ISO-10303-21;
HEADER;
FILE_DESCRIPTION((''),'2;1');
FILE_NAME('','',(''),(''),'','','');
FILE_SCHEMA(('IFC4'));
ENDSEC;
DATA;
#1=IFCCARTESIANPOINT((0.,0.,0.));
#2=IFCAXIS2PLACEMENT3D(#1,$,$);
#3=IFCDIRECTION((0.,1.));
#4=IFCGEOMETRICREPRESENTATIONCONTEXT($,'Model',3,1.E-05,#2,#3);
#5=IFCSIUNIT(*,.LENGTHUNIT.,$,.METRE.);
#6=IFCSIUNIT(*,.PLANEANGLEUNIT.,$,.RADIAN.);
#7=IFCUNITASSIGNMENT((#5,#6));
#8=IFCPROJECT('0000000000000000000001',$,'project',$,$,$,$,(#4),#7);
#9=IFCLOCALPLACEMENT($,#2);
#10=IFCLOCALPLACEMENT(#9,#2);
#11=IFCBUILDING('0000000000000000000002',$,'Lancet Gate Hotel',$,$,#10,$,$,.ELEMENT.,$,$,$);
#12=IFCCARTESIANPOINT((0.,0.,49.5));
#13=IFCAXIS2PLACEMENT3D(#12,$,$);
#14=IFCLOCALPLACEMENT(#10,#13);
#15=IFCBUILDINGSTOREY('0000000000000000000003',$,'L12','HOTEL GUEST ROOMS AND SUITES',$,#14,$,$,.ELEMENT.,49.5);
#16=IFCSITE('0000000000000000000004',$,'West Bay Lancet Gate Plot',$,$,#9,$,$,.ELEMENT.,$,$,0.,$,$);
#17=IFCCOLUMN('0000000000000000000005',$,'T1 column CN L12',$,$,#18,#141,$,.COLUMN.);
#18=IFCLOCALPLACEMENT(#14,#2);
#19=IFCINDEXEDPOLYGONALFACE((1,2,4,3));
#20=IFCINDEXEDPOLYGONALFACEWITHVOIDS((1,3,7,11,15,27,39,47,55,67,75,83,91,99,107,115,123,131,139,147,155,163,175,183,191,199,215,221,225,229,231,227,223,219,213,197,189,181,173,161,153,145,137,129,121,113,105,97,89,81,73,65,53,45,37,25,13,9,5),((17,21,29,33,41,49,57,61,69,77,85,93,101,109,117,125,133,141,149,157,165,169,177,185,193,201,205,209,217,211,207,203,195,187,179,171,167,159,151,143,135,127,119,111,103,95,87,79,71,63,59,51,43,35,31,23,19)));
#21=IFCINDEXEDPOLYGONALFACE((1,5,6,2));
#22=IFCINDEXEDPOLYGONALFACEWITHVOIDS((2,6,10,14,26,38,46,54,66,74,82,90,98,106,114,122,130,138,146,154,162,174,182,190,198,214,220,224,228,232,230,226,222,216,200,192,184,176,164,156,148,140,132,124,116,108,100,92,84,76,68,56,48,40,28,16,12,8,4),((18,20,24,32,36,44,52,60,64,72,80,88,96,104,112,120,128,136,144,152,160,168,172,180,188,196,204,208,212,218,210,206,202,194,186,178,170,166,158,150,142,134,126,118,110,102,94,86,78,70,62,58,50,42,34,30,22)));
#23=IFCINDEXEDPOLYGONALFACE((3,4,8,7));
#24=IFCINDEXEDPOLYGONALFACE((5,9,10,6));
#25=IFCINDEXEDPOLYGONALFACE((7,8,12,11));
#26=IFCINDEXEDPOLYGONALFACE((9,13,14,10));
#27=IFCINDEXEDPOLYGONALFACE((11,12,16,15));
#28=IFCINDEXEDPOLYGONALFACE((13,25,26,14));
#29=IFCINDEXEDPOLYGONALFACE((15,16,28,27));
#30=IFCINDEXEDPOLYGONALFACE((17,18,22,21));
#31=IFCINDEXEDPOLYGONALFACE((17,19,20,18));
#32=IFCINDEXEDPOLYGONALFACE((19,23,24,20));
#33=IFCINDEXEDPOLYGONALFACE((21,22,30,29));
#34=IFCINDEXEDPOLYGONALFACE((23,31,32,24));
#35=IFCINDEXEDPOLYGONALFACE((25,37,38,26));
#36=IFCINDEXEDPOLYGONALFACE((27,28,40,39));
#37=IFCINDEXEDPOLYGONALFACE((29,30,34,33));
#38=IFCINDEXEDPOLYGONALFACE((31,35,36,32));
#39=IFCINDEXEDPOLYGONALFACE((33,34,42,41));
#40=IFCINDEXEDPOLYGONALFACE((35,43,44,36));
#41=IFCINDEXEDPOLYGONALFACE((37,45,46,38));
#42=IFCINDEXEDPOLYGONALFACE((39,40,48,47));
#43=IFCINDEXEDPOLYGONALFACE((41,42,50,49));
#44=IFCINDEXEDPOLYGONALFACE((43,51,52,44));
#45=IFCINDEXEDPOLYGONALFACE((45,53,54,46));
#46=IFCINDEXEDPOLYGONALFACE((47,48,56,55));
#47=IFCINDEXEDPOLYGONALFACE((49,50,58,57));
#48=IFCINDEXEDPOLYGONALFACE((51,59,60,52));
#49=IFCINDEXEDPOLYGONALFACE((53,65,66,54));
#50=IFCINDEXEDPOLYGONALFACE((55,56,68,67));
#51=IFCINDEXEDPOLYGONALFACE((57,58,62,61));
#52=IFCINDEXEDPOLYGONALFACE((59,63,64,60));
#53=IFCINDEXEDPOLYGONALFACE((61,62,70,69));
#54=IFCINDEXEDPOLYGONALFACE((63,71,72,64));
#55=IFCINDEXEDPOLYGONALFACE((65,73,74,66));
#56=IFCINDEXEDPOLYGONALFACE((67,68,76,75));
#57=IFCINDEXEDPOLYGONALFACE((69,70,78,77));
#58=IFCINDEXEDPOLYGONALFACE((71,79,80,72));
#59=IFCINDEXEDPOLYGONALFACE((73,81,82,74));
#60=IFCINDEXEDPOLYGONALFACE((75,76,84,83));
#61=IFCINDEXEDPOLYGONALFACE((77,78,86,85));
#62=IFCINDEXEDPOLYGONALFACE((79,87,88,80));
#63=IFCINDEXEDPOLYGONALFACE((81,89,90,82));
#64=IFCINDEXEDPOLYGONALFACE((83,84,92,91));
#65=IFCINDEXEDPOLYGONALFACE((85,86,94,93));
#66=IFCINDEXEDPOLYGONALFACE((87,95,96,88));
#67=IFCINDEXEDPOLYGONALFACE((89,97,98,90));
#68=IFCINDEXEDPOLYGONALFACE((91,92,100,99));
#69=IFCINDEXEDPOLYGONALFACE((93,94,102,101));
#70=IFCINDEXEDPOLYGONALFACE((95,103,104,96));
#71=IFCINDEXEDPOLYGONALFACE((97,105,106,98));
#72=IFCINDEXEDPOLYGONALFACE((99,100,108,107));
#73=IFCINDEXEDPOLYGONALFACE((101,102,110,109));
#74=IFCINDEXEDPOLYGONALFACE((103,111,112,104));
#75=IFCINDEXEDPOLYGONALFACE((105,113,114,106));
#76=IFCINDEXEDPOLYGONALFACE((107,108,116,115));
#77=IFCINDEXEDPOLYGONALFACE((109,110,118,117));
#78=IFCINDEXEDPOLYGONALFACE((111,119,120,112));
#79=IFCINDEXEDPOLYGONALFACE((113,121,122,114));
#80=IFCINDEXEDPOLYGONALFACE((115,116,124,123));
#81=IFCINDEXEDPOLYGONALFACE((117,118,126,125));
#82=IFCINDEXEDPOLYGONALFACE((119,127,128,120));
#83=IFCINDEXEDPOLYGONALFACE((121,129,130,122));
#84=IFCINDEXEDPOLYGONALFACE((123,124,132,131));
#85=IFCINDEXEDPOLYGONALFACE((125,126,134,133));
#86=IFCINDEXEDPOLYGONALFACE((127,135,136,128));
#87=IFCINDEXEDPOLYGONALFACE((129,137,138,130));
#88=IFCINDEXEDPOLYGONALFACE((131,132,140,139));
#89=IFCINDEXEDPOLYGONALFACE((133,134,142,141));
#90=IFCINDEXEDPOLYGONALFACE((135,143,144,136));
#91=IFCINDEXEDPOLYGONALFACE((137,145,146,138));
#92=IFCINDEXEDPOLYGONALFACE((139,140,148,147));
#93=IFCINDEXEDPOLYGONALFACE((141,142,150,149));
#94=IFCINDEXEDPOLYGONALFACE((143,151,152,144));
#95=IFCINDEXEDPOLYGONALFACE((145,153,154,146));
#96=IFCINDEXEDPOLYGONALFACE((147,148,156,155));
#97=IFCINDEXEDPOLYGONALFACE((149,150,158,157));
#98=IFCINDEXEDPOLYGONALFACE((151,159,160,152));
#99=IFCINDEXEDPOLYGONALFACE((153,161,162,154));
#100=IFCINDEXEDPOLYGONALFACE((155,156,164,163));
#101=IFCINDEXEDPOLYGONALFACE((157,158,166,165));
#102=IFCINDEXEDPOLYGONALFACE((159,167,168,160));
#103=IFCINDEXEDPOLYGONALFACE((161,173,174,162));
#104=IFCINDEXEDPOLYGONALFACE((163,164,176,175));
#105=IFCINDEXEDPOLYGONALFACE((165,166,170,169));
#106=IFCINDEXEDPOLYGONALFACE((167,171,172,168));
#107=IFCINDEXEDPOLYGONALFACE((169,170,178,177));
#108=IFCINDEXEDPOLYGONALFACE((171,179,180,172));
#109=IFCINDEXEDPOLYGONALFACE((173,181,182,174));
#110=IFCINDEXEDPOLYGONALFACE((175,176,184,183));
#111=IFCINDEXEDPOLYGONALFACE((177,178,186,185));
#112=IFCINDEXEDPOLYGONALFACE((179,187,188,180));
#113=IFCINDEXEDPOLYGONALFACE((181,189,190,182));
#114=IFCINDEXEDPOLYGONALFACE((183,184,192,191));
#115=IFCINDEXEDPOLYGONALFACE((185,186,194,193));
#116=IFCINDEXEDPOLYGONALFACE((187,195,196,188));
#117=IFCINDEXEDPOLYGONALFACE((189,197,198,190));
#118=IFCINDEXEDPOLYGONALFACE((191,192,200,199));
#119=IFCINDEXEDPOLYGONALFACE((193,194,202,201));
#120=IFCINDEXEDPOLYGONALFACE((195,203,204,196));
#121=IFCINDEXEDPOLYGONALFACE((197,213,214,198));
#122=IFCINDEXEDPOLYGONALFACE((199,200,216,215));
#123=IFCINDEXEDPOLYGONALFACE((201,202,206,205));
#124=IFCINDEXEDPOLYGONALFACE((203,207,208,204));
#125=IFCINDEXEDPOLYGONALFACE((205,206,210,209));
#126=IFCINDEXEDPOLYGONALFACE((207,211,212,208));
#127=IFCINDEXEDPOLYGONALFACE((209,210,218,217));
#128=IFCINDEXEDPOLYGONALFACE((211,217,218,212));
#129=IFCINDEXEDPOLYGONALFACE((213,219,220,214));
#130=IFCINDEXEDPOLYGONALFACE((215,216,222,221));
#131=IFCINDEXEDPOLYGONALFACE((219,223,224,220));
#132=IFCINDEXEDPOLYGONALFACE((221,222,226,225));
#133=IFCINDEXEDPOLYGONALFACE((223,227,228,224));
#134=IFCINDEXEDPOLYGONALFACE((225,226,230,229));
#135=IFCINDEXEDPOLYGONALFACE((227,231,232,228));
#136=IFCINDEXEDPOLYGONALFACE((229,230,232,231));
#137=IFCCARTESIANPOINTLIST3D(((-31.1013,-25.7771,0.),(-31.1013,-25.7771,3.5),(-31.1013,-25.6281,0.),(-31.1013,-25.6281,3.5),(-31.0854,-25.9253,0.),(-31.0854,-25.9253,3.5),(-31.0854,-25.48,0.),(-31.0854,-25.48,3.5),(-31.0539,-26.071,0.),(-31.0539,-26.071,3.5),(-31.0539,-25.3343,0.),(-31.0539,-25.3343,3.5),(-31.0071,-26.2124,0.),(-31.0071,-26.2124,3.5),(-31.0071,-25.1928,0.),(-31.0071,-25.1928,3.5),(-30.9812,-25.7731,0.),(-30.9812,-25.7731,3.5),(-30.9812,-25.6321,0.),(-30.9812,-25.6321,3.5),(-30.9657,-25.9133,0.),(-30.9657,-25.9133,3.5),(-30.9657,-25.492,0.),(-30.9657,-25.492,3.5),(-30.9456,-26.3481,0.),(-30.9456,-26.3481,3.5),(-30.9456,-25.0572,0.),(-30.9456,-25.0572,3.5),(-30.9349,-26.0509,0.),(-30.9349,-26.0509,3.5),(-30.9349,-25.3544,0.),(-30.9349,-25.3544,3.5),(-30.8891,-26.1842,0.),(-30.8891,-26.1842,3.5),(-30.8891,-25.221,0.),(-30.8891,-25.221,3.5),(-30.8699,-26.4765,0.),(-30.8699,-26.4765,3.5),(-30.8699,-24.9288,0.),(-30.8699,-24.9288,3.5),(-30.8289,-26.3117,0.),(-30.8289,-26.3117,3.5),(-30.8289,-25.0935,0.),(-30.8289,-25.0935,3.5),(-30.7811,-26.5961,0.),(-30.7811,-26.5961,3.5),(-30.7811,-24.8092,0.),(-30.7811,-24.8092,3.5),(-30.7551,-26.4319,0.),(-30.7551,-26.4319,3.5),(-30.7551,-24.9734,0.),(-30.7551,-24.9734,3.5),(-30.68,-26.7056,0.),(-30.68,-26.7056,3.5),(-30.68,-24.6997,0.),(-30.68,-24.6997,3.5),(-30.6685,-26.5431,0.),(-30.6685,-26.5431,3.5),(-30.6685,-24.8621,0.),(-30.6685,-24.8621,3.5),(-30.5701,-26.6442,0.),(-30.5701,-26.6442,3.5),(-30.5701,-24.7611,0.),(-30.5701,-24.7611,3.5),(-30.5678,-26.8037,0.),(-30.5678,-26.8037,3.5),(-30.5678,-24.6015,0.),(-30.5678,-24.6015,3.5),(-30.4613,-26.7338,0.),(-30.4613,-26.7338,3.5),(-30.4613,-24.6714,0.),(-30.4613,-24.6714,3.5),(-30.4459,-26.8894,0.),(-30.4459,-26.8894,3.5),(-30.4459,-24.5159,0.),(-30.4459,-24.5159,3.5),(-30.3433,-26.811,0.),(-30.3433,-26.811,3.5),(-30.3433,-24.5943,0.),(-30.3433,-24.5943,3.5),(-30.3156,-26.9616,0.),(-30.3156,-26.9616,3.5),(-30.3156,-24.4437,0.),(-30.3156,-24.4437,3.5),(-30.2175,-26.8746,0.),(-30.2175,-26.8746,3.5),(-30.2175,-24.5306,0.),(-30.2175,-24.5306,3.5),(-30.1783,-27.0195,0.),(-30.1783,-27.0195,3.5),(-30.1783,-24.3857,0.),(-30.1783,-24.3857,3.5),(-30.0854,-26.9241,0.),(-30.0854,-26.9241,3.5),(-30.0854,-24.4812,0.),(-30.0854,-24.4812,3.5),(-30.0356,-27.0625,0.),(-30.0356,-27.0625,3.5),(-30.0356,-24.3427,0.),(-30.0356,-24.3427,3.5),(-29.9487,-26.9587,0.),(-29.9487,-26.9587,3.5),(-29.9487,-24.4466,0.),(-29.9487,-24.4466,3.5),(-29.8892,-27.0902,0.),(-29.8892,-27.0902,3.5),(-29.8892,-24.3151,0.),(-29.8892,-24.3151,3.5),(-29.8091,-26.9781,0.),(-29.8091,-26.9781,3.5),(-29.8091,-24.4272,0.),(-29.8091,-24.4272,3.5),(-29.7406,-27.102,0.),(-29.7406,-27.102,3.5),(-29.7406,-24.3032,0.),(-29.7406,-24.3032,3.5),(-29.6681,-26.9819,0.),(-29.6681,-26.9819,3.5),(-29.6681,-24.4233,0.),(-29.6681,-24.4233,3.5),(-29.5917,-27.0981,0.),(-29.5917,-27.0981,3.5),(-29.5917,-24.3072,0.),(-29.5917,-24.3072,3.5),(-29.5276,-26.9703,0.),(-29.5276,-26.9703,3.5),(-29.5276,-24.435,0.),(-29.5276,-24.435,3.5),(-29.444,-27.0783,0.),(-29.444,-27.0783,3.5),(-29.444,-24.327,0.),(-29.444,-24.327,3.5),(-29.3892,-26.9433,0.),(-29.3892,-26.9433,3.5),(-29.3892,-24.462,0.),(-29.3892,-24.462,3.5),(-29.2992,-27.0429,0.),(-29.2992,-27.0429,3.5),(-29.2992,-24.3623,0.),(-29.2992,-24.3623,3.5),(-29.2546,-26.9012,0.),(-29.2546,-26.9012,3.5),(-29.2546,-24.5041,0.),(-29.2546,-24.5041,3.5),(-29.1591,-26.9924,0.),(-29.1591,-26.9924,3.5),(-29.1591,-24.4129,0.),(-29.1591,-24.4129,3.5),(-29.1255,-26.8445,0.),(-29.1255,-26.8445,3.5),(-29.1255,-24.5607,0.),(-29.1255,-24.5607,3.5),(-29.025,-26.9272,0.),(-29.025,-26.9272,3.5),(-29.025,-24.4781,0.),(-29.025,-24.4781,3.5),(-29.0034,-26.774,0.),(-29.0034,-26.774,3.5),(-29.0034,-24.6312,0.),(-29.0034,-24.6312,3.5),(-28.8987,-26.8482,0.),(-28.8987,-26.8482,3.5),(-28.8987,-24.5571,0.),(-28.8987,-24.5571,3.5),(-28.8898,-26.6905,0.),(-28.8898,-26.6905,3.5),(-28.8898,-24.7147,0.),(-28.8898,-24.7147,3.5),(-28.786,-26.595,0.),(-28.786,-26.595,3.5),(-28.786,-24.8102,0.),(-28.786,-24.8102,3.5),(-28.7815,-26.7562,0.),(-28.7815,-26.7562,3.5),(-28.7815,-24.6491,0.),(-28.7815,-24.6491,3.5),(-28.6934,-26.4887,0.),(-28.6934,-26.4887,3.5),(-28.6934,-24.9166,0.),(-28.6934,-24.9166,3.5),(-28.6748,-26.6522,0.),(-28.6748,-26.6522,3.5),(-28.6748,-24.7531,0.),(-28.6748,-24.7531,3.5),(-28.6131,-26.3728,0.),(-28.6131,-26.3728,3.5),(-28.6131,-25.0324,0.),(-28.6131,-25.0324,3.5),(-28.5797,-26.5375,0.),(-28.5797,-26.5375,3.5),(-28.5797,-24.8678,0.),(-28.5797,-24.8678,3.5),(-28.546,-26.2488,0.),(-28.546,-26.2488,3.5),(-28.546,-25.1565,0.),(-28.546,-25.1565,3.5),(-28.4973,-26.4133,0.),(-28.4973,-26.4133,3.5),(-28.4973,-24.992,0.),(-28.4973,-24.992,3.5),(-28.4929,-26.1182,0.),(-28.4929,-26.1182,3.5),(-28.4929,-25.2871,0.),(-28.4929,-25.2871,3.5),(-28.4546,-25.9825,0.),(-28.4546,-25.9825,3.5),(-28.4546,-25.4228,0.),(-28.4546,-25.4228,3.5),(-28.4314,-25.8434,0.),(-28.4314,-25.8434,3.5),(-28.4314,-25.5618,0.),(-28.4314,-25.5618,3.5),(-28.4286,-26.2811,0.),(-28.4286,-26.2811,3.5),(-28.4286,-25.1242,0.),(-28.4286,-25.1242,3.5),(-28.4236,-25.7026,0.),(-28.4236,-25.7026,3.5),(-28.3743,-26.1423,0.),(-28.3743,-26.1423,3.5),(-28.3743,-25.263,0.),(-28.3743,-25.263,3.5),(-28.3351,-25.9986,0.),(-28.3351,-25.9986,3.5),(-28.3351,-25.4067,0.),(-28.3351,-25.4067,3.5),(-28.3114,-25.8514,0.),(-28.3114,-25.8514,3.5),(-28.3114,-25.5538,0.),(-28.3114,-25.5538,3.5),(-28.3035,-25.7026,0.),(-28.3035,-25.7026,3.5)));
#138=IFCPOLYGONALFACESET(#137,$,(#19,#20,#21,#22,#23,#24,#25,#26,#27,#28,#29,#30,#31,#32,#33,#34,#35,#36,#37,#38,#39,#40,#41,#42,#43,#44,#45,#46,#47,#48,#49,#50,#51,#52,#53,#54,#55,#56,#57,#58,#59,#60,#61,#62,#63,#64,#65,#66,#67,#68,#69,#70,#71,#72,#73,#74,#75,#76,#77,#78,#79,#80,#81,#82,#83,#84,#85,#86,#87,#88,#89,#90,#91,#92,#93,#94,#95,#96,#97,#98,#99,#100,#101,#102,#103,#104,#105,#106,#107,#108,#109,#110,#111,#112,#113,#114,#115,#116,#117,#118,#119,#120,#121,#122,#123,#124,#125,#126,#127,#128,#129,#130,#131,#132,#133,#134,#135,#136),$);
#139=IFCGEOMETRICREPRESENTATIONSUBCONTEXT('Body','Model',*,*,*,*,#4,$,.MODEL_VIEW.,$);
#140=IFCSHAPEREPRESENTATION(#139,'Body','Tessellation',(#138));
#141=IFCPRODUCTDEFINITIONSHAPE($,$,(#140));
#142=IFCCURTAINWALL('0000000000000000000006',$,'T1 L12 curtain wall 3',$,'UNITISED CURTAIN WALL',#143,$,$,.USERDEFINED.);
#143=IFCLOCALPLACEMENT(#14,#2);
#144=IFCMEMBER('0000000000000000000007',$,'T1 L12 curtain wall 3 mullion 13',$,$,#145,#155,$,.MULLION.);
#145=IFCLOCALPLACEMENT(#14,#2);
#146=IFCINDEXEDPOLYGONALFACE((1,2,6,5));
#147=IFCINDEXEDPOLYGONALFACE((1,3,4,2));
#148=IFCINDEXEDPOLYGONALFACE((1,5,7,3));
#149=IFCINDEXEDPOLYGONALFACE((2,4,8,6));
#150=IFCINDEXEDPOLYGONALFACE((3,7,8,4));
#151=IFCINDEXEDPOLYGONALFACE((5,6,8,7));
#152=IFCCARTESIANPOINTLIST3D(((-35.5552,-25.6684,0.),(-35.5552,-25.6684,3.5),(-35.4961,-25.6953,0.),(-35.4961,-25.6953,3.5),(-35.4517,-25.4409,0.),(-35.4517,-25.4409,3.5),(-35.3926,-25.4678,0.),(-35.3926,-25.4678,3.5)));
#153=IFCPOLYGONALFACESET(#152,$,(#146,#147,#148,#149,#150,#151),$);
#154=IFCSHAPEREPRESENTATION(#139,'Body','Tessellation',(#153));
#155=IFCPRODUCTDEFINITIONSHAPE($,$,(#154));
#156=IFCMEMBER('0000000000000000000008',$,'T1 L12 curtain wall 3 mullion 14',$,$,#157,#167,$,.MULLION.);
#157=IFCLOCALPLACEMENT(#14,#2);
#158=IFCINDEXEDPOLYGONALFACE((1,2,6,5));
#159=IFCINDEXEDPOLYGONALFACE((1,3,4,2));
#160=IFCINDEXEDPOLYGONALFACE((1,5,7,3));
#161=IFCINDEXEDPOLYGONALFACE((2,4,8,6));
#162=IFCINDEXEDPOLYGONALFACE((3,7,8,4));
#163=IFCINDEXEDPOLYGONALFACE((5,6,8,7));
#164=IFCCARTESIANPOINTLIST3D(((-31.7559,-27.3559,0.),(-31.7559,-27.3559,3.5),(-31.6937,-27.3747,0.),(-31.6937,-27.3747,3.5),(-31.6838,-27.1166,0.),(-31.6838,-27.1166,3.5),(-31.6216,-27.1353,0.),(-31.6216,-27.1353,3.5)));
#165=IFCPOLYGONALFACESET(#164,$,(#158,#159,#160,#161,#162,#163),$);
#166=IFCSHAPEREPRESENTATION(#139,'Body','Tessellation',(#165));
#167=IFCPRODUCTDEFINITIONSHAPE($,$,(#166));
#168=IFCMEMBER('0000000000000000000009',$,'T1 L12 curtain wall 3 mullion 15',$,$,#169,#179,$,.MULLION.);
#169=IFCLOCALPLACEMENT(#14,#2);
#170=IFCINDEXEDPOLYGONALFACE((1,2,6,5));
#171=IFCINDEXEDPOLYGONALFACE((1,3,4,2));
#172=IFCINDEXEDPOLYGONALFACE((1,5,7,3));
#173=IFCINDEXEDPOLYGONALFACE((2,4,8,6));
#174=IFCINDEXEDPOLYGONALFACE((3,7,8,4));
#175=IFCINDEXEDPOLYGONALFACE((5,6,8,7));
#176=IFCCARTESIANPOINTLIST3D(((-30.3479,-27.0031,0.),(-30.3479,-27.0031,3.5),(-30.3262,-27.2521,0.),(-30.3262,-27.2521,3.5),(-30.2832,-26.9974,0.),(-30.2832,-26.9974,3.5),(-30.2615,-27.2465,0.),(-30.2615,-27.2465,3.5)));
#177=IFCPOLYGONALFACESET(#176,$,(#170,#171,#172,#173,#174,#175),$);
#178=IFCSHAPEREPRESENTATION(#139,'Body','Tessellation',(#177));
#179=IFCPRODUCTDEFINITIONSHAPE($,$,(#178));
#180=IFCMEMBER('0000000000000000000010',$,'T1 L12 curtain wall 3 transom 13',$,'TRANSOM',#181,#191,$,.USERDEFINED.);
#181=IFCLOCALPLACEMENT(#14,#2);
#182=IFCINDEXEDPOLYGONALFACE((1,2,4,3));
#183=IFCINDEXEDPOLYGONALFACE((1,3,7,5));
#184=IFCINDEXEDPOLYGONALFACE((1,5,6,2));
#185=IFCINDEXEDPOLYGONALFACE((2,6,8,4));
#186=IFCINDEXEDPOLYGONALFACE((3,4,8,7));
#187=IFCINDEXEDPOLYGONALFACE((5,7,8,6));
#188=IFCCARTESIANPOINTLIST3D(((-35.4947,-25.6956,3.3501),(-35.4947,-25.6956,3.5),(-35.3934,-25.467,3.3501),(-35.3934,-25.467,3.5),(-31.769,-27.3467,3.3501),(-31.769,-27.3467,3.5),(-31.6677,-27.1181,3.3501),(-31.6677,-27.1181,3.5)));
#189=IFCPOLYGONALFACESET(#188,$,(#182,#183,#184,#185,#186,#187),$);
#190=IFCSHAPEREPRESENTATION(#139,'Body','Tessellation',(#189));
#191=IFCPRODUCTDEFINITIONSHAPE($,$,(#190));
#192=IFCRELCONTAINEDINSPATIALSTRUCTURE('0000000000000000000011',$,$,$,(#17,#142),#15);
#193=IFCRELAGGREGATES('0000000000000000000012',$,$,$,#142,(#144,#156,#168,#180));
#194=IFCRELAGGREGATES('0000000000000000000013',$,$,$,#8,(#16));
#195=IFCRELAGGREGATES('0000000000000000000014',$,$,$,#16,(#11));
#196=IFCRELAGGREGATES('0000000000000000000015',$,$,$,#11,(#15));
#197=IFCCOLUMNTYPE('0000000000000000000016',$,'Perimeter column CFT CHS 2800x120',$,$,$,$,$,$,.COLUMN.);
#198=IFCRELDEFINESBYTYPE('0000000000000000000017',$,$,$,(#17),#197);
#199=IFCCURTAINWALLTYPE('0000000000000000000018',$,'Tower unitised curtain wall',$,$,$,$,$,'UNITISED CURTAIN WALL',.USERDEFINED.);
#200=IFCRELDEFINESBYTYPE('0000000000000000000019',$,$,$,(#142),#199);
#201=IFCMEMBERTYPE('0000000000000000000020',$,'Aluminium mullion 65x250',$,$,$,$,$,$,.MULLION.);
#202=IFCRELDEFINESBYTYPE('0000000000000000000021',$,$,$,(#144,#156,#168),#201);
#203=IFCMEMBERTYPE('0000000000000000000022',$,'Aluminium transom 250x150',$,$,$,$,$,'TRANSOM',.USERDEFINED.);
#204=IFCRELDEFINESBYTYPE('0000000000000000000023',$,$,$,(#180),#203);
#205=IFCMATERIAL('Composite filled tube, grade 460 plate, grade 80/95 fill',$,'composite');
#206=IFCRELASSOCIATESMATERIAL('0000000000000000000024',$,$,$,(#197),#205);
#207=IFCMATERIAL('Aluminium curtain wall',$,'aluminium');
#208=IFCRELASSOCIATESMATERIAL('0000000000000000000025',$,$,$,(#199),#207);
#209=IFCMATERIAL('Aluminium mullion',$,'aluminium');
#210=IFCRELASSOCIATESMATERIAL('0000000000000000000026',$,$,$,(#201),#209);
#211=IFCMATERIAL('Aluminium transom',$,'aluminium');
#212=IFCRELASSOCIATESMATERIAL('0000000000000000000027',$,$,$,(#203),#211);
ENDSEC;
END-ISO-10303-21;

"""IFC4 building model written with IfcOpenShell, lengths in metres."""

from ifc_helpers import new_model, si_unit, direction, frame, origin, origin_2d, place, context, subcontext, project, spatial, rectangle, hollow_circle, extrude, material, material_profile, profile_set, type_object, element, aggregate, save


model = new_model("IFC4")

# Units and contexts
model_context = context("Model", 3, precision=1e-05, world=origin(), true_north=direction((0.0, 1.0)))
body_context = subcontext(model_context, "Body", "Model", "MODEL_VIEW")
ifc_project = project(units=[si_unit("LENGTHUNIT", "METRE"), si_unit("PLANEANGLEUNIT", "RADIAN")], contexts=[model_context])

# Site, building, storey
site_placement = place(None, origin())
site = spatial("IfcSite", under=ifc_project, at=site_placement, Name="West Bay Lancet Gate Plot", CompositionType="ELEMENT", RefElevation=0.0)
building_placement = place(site_placement, origin())
building = spatial("IfcBuilding", under=site, at=building_placement, Name="Lancet Gate Hotel", CompositionType="ELEMENT")
storey_placement = place(building_placement, frame((0.0, 0.0, 49.5)))
storey = spatial("IfcBuildingStorey", under=building, at=storey_placement, Name="L12", Description="HOTEL GUEST ROOMS AND SUITES", CompositionType="ELEMENT", Elevation=49.5)

# Column
ifc_material_1 = material(Name="Composite filled tube, grade 460 plate, grade 80/95 fill", Category="composite")
ifc_material_profile_1 = material_profile(ifc_material_1, hollow_circle(Radius=1.3999, WallThickness=0.1201, at=origin_2d()), Name="CHS 2800x120")
ifc_profile_set_1 = profile_set([ifc_material_profile_1], Name="Composite filled tube, grade 460 plate, grade 80/95 fill")
column_type = type_object("IfcColumnType", Name="Perimeter column CFT CHS 2800x120", PredefinedType="COLUMN", material=ifc_profile_set_1)
column_placement = place(storey_placement, frame((-29.7034, -25.7026, 0.0), z_axis=(0.0, 0.0, 1.0), x_axis=(1.0, 0.0, 0.0)))
element("IfcColumn", 1, at=column_placement, inside=storey, type_object=column_type, Name="T1 column CN L12", PredefinedType="COLUMN", context=body_context, shape_type="SweptSolid", body=[
    extrude(hollow_circle(Radius=1.3999, WallThickness=0.1201, at=origin_2d()), origin(), (0.0, 0.0, 1.0), 3.5),
])

# Curtain wall, members
ifc_material_2 = material(Name="Aluminium curtain wall", Category="aluminium")
curtain_wall_type = type_object("IfcCurtainWallType", Name="Tower unitised curtain wall", ElementType="UNITISED CURTAIN WALL", PredefinedType="USERDEFINED", material=ifc_material_2)
curtain_wall_placement = place(storey_placement, origin())
curtain_wall = element("IfcCurtainWall", 2, at=curtain_wall_placement, inside=storey, type_object=curtain_wall_type, Name="T1 L12 curtain wall 3", ObjectType="UNITISED CURTAIN WALL", PredefinedType="USERDEFINED")
ifc_material_3 = material(Name="Aluminium mullion", Category="aluminium")
ifc_material_profile_2 = material_profile(ifc_material_3, rectangle(XDim=0.0649, YDim=0.25, at=origin_2d()), Name="MULLION 65x250")
ifc_profile_set_2 = profile_set([ifc_material_profile_2], Name="Aluminium mullion")
member_type_1 = type_object("IfcMemberType", Name="Aluminium mullion 65x250", PredefinedType="MULLION", material=ifc_profile_set_2)
member_1_placement = place(storey_placement, frame((-35.4739, -25.5681, 0.0), z_axis=(0.0, 0.0, 1.0), x_axis=(0.91022, -0.414126, 0.0)))
member_1 = element("IfcMember", 3, at=member_1_placement, type_object=member_type_1, Name="T1 L12 curtain wall 3 mullion 13", PredefinedType="MULLION", context=body_context, shape_type="SweptSolid", body=[
    extrude(rectangle(XDim=0.0649, YDim=0.25, at=origin_2d()), origin(), (0.0, 0.0, 1.0), 3.5),
])
member_2_placement = place(storey_placement, frame((-31.6887, -27.2456, 0.0), z_axis=(0.0, 0.0, 1.0), x_axis=(0.957524, -0.288352, 0.0)))
member_2 = element("IfcMember", 4, at=member_2_placement, type_object=member_type_1, Name="T1 L12 curtain wall 3 mullion 14", PredefinedType="MULLION", context=body_context, shape_type="SweptSolid", body=[
    extrude(rectangle(XDim=0.0649, YDim=0.25, at=origin_2d()), origin(), (0.0, 0.0, 1.0), 3.5),
])
member_3_placement = place(storey_placement, frame((-30.3047, -27.1248, 0.0), z_axis=(0.0, 0.0, 1.0), x_axis=(0.996204, 0.087052, 0.0)))
member_3 = element("IfcMember", 5, at=member_3_placement, type_object=member_type_1, Name="T1 L12 curtain wall 3 mullion 15", PredefinedType="MULLION", context=body_context, shape_type="SweptSolid", body=[
    extrude(rectangle(XDim=0.0649, YDim=0.25, at=origin_2d()), origin(), (0.0, 0.0, 1.0), 3.5),
])
ifc_material_4 = material(Name="Aluminium transom", Category="aluminium")
ifc_material_profile_3 = material_profile(ifc_material_4, rectangle(XDim=0.25, YDim=0.1499, at=origin_2d()), Name="TRANSOM 250x150")
ifc_profile_set_3 = profile_set([ifc_material_profile_3], Name="Aluminium transom")
member_type_2 = type_object("IfcMemberType", Name="Aluminium transom 250x150", ElementType="TRANSOM", PredefinedType="USERDEFINED", material=ifc_profile_set_3)
member_4_placement = place(storey_placement, frame((-35.4441, -25.5813, 3.425), z_axis=(0.914248, -0.405154, 0.0), x_axis=(0.405154, 0.914248, 0.0)))
member_4 = element("IfcMember", 6, at=member_4_placement, type_object=member_type_2, Name="T1 L12 curtain wall 3 transom 13", ObjectType="TRANSOM", PredefinedType="USERDEFINED", context=body_context, shape_type="SweptSolid", body=[
    extrude(rectangle(XDim=0.25, YDim=0.1499, at=origin_2d()), origin(), (0.0, 0.0, 1.0), 4.0752),
])

aggregate(curtain_wall, [member_1, member_2, member_3, member_4])

save(model, "model.ifc")
